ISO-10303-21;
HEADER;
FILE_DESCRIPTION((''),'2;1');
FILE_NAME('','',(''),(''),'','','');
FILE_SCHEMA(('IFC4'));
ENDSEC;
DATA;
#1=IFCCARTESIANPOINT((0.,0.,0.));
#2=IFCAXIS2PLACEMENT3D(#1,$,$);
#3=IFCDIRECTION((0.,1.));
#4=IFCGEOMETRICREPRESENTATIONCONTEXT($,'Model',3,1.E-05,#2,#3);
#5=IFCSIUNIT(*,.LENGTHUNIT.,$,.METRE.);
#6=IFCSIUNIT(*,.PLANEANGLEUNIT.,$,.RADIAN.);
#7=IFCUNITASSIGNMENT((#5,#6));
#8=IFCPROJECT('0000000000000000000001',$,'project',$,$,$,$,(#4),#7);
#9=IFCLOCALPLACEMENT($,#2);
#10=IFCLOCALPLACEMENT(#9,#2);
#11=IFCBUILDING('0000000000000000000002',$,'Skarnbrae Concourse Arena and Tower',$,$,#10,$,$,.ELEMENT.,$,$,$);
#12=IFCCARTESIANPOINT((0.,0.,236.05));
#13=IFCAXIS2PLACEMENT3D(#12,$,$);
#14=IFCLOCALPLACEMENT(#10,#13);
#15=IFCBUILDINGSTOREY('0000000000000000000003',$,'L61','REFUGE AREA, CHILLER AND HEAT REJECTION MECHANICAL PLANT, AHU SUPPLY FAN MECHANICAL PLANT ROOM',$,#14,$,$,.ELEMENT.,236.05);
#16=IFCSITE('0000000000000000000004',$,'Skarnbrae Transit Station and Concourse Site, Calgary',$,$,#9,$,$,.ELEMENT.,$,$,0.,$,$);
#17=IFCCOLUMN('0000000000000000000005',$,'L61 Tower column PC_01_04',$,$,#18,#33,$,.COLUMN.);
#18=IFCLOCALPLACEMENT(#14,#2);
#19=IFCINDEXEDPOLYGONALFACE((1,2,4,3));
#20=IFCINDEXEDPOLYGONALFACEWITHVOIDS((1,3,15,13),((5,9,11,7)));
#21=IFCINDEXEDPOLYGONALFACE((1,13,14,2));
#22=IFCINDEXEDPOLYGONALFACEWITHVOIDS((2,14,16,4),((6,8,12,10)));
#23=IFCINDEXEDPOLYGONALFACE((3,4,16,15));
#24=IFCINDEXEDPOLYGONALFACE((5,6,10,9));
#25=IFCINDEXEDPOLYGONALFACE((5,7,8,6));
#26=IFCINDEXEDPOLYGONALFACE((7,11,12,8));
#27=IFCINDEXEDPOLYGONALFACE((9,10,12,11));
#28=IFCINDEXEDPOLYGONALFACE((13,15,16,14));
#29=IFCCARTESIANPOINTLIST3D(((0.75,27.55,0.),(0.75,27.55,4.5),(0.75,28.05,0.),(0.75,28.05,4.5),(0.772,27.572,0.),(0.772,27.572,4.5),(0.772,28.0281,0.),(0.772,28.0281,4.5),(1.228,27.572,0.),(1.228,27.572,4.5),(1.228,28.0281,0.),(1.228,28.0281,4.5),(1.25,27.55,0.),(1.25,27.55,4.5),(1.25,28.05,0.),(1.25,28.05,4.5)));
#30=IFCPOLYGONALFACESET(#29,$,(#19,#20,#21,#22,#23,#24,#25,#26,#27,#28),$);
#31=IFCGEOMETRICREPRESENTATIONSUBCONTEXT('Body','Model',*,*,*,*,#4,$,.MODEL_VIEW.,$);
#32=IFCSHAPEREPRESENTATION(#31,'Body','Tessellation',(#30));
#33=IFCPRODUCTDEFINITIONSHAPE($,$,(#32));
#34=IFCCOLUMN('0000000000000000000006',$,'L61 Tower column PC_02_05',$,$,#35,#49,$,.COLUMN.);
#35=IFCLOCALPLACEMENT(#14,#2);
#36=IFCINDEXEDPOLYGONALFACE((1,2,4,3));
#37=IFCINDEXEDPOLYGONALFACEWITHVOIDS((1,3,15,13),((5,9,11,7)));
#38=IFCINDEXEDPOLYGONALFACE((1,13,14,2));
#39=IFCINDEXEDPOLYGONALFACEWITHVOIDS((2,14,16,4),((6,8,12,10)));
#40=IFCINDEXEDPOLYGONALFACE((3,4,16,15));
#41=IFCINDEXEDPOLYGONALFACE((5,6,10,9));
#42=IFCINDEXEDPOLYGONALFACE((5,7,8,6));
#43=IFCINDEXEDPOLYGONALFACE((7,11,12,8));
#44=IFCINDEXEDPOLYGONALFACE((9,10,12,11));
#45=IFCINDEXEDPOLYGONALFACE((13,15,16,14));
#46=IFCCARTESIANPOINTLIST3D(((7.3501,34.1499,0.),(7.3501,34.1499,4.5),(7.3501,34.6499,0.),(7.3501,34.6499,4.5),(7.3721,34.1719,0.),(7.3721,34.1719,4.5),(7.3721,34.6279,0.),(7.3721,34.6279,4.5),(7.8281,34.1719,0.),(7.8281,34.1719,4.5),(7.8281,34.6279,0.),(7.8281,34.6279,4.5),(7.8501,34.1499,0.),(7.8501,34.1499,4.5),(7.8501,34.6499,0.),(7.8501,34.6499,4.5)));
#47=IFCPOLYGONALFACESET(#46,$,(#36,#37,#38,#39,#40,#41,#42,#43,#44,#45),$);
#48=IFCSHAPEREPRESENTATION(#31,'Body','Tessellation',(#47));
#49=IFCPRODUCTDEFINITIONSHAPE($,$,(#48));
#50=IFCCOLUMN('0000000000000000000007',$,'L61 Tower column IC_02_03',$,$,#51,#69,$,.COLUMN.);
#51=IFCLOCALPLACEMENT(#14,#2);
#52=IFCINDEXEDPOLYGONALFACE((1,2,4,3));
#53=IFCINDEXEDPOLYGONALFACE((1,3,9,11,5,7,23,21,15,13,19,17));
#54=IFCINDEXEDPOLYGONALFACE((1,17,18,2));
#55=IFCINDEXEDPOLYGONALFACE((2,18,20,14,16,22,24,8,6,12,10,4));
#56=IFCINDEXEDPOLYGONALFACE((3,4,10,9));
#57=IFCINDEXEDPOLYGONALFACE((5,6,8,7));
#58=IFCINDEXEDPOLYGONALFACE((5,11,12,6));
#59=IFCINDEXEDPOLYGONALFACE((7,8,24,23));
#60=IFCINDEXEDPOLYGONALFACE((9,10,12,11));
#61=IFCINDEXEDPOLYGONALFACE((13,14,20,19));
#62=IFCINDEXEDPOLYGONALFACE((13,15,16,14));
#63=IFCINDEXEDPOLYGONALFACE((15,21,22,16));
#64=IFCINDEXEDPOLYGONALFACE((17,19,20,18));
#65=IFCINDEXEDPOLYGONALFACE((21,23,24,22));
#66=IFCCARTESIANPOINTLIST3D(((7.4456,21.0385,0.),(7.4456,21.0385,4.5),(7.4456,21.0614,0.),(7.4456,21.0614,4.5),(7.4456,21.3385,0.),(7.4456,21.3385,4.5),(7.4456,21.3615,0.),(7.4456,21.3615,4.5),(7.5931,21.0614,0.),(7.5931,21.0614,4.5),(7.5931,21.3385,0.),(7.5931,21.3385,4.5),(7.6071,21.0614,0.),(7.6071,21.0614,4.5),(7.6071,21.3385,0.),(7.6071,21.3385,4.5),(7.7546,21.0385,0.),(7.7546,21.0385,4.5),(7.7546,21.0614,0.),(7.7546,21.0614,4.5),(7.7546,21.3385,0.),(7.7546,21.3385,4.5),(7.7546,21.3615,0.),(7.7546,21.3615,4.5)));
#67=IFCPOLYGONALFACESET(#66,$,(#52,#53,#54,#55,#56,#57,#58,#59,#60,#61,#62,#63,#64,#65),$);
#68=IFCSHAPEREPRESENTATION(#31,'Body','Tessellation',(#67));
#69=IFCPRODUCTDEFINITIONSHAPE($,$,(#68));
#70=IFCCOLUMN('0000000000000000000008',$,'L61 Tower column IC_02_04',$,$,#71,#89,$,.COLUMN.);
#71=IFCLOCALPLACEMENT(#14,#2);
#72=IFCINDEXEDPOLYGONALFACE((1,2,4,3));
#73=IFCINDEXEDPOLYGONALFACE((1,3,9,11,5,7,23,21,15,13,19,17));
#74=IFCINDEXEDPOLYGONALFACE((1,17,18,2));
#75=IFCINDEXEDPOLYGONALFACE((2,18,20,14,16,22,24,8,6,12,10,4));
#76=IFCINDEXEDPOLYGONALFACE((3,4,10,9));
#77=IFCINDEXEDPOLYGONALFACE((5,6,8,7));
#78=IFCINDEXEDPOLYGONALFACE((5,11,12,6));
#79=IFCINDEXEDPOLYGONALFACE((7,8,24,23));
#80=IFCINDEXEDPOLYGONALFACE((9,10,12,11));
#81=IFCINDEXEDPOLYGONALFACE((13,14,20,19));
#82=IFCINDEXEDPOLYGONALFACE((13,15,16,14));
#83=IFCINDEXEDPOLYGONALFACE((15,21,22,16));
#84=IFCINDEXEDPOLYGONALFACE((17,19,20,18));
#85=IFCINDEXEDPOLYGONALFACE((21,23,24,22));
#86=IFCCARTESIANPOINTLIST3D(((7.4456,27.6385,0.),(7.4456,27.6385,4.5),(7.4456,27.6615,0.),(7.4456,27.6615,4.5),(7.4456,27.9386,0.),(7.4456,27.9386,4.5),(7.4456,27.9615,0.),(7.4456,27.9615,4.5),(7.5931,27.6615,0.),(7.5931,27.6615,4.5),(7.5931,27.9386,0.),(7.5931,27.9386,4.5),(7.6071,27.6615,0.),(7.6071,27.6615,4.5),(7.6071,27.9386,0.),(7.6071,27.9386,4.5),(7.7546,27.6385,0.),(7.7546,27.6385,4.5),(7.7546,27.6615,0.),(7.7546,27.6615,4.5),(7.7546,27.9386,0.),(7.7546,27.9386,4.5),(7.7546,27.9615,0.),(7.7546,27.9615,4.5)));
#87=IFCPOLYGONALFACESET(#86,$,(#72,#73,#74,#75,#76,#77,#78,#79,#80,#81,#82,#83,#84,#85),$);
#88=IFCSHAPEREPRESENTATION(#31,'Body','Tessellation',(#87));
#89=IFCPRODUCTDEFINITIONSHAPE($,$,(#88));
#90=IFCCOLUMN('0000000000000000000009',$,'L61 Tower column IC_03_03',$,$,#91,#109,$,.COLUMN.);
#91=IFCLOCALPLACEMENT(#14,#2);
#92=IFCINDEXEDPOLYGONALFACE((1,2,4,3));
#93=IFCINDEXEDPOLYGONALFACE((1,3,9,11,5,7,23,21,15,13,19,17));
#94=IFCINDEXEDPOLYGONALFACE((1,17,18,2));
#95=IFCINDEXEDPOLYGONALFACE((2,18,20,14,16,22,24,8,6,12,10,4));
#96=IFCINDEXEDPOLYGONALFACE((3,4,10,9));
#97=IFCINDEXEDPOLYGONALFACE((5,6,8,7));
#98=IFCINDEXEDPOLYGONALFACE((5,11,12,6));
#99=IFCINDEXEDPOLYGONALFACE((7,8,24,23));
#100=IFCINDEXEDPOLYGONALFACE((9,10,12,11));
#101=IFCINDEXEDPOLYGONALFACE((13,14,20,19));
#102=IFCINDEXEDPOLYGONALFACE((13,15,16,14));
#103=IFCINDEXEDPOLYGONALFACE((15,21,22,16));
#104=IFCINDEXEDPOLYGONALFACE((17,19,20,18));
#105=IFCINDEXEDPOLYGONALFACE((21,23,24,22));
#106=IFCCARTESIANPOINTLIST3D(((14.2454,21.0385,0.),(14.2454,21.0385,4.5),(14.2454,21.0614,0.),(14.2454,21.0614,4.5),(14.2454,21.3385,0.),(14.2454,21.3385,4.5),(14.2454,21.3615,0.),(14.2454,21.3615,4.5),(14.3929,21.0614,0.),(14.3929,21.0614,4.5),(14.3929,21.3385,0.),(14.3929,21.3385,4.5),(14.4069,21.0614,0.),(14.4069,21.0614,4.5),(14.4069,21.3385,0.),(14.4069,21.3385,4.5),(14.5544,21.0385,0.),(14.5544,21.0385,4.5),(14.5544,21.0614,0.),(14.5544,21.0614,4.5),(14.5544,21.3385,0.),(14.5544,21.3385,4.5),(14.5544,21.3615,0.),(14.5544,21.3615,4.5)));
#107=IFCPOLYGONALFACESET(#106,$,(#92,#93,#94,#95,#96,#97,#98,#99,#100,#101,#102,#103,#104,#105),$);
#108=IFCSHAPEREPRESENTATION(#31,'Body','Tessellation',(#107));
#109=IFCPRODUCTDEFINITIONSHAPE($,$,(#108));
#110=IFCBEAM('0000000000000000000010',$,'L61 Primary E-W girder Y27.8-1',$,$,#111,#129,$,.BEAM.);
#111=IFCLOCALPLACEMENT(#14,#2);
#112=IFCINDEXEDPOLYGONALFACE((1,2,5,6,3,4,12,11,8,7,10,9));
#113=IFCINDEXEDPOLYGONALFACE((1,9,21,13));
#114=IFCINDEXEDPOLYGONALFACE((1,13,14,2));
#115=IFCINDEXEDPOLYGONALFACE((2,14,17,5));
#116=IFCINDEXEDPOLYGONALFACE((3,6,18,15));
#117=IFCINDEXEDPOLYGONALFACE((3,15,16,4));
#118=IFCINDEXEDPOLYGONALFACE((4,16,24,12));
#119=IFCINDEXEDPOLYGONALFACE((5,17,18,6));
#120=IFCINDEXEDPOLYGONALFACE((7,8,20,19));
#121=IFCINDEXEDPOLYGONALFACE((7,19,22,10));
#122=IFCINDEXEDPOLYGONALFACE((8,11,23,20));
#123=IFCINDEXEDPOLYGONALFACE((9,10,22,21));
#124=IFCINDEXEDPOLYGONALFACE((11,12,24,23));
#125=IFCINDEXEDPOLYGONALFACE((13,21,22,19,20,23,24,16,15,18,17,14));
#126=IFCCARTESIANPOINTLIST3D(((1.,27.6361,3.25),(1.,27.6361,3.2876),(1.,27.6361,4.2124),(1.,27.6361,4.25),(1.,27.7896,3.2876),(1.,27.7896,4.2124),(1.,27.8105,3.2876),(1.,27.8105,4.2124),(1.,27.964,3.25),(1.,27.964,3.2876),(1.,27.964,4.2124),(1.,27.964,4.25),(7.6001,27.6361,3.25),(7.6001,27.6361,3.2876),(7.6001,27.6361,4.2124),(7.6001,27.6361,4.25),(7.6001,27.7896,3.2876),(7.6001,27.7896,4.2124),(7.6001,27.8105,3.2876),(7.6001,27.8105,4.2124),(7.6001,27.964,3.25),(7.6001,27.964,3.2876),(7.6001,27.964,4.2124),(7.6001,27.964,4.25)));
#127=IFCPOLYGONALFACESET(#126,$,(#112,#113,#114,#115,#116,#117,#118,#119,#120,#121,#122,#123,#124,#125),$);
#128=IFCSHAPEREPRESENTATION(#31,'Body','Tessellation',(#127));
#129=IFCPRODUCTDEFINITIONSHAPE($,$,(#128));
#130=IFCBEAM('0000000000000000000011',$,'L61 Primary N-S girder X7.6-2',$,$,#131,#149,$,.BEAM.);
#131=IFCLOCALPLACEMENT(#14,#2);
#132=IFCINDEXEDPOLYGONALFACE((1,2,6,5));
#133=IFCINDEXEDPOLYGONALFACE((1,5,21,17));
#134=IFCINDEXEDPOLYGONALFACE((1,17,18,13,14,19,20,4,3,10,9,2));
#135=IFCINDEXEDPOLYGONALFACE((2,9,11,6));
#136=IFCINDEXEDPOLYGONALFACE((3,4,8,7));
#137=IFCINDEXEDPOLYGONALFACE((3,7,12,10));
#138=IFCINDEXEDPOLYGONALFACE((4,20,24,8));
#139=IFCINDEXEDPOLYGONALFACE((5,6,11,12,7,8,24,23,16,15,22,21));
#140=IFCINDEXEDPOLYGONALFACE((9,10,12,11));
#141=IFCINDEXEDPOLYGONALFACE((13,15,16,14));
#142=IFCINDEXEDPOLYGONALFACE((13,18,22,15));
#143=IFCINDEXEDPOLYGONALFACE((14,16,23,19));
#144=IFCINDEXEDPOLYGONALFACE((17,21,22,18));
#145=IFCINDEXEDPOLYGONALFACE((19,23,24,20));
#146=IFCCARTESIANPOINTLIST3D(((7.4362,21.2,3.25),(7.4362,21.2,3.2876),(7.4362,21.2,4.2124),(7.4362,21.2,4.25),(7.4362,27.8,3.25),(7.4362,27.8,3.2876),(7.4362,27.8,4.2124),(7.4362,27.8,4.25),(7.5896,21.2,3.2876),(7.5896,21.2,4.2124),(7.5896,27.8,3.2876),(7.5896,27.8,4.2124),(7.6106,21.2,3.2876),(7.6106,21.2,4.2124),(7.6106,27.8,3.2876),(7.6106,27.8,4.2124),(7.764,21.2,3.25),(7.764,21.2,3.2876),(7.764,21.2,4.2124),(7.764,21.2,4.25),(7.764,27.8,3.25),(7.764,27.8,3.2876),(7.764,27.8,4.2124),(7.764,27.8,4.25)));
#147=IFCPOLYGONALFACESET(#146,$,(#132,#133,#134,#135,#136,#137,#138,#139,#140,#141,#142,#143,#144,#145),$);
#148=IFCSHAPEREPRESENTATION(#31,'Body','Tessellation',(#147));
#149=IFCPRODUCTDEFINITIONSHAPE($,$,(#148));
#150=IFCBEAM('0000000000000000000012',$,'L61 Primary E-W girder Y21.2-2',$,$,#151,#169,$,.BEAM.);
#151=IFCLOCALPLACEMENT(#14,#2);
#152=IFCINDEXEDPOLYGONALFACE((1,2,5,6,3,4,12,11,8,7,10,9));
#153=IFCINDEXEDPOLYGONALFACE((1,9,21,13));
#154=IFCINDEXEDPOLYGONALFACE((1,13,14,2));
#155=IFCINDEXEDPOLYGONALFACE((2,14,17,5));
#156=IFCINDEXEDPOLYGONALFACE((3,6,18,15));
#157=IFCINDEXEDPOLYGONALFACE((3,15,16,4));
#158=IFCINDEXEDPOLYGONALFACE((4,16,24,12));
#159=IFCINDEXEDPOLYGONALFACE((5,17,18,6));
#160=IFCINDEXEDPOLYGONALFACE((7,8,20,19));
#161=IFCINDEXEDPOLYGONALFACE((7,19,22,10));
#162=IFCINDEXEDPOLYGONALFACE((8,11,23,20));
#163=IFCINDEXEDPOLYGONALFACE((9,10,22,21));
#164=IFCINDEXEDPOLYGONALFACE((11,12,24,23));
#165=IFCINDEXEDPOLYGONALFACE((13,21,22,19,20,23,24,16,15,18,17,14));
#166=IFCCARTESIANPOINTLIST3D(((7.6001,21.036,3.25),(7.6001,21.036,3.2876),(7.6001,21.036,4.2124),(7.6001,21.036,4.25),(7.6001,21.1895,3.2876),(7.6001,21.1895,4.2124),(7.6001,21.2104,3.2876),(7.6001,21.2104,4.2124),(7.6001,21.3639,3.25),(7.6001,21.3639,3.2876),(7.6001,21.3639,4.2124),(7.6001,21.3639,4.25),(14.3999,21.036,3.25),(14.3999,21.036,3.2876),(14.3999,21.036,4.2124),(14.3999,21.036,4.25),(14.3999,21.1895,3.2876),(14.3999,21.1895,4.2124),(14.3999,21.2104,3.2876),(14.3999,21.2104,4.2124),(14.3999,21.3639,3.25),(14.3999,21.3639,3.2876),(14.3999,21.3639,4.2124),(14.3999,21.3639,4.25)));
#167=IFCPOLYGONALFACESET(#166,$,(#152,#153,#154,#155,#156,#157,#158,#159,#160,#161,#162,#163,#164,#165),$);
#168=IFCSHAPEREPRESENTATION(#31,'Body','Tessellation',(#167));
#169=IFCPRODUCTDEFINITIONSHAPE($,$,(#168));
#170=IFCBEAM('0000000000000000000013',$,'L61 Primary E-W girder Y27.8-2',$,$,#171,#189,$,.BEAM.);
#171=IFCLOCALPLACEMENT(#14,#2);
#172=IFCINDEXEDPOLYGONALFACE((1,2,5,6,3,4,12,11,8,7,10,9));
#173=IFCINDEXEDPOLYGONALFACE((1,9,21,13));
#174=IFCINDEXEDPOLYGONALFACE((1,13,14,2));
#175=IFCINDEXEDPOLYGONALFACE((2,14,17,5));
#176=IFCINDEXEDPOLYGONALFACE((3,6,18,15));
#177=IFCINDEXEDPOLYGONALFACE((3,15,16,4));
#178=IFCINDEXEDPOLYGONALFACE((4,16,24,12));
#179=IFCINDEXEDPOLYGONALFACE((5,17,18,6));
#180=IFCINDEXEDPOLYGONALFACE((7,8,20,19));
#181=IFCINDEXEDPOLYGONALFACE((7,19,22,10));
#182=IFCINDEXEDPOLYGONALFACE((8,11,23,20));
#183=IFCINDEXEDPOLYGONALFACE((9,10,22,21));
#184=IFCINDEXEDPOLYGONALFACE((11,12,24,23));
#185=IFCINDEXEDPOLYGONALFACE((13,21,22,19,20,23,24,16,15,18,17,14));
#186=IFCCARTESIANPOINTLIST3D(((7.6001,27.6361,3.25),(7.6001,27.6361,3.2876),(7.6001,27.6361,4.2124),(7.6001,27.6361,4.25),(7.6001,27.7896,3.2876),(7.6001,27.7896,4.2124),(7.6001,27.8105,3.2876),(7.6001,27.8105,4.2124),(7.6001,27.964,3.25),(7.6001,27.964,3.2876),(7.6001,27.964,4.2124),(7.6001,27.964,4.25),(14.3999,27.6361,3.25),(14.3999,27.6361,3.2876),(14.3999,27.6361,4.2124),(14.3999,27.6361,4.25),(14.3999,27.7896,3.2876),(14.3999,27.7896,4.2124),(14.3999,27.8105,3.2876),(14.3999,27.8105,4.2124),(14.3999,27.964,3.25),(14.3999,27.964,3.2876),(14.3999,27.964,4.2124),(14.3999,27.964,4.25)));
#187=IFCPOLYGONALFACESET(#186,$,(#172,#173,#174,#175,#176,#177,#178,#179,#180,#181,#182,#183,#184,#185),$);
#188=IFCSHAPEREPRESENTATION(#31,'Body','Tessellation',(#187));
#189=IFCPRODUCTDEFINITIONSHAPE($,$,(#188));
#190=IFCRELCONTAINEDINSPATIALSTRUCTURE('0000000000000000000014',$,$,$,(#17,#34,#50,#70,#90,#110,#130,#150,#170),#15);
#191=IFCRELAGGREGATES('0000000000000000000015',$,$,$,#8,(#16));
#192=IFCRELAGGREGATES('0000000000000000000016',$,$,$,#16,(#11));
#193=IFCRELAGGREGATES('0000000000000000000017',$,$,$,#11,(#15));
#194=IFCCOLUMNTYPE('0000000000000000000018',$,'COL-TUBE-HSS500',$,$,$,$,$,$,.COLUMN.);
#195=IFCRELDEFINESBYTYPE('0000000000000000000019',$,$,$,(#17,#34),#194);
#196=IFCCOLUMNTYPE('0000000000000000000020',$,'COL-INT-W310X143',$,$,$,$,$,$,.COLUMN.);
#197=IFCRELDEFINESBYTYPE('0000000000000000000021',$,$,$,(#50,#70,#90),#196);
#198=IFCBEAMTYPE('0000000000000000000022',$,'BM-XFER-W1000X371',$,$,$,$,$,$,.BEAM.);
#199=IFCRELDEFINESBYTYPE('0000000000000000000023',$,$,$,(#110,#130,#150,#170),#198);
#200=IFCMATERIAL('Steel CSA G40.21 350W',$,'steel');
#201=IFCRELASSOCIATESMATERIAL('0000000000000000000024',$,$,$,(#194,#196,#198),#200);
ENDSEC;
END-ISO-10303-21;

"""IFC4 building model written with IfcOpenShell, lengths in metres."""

from ifc_helpers import new_model, si_unit, direction, frame, origin, origin_2d, place, context, subcontext, project, spatial, hollow_rectangle, i_section, extrude, source, transform, mapped, material, material_profile, profile_set, type_object, element, save


model = new_model("IFC4")

# Units and contexts
model_context = context("Model", 3, precision=1e-05, world=origin(), true_north=direction((0.0, 1.0)))
body_context = subcontext(model_context, "Body", "Model", "MODEL_VIEW")
ifc_project = project(units=[si_unit("LENGTHUNIT", "METRE"), si_unit("PLANEANGLEUNIT", "RADIAN")], contexts=[model_context])

# Site, building, storey
site_placement = place(None, origin())
site = spatial("IfcSite", under=ifc_project, at=site_placement, Name="Skarnbrae Transit Station and Concourse Site, Calgary", CompositionType="ELEMENT", RefElevation=0.0)
building_placement = place(site_placement, origin())
building = spatial("IfcBuilding", under=site, at=building_placement, Name="Skarnbrae Concourse Arena and Tower", CompositionType="ELEMENT")
storey_placement = place(building_placement, frame((0.0, 0.0, 236.05)))
storey = spatial("IfcBuildingStorey", under=building, at=storey_placement, Name="L61", Description="REFUGE AREA, CHILLER AND HEAT REJECTION MECHANICAL PLANT, AHU SUPPLY FAN MECHANICAL PLANT ROOM", CompositionType="ELEMENT", Elevation=236.05)

# Columns
ifc_material_1 = material(Name="Steel CSA G40.21 350W", Category="steel")
ifc_material_profile_1 = material_profile(ifc_material_1, hollow_rectangle(XDim=0.5, YDim=0.5, WallThickness=0.022, at=origin_2d()), Name="HSS500X500X22.0")
ifc_profile_set_1 = profile_set([ifc_material_profile_1], Name="Steel CSA G40.21 350W")
column_type_1 = type_object("IfcColumnType", Name="COL-TUBE-HSS500", PredefinedType="COLUMN", material=ifc_profile_set_1)
shared_shape_1 = source(origin(), body_context, "Body", "SweptSolid", [
    extrude(hollow_rectangle(XDim=0.5, YDim=0.5, WallThickness=0.022, at=origin_2d()), origin(), (0.0, 0.0, 1.0), 4.5),
])
for number, where, z_axis, x_axis, name in (
    (1, (1.0, 27.8, 0.0), (0.0, 0.0, 1.0), (1.0, 0.0, 0.0), "L61 Tower column PC_01_04"),
    (2, (7.6001, 34.3999, 0.0), (0.0, 0.0, 1.0), (1.0, 0.0, 0.0), "L61 Tower column PC_02_05"),
):
    element("IfcColumn", number, at=place(storey_placement, frame(where, z_axis=z_axis, x_axis=x_axis)), inside=storey, type_object=column_type_1, Name=name, PredefinedType="COLUMN", context=body_context, shape_type="MappedRepresentation", body=[
        mapped(shared_shape_1, transform((0.0, 0.0, 0.0))),
    ])
ifc_material_profile_2 = material_profile(ifc_material_1, i_section(OverallWidth=0.3091, OverallDepth=0.323, WebThickness=0.0139, FlangeThickness=0.0229, at=origin_2d()), Name="W310X143")
ifc_profile_set_2 = profile_set([ifc_material_profile_2], Name="Steel CSA G40.21 350W")
column_type_2 = type_object("IfcColumnType", Name="COL-INT-W310X143", PredefinedType="COLUMN", material=ifc_profile_set_2)
shared_shape_2 = source(origin(), body_context, "Body", "SweptSolid", [
    extrude(i_section(OverallWidth=0.3091, OverallDepth=0.323, WebThickness=0.0139, FlangeThickness=0.0229, at=origin_2d()), origin(), (0.0, 0.0, 1.0), 4.5),
])
for number, where, z_axis, x_axis, name in (
    (3, (7.6001, 21.2, 0.0), (0.0, 0.0, 1.0), (1.0, 0.0, 0.0), "L61 Tower column IC_02_03"),
    (4, (7.6001, 27.8, 0.0), (0.0, 0.0, 1.0), (1.0, 0.0, 0.0), "L61 Tower column IC_02_04"),
    (5, (14.3999, 21.2, 0.0), (0.0, 0.0, 1.0), (1.0, 0.0, 0.0), "L61 Tower column IC_03_03"),
):
    element("IfcColumn", number, at=place(storey_placement, frame(where, z_axis=z_axis, x_axis=x_axis)), inside=storey, type_object=column_type_2, Name=name, PredefinedType="COLUMN", context=body_context, shape_type="MappedRepresentation", body=[
        mapped(shared_shape_2, transform((0.0, 0.0, 0.0))),
    ])

# Beams
ifc_material_profile_3 = material_profile(ifc_material_1, i_section(OverallWidth=0.3279, OverallDepth=1.0, WebThickness=0.021, FlangeThickness=0.0376, at=origin_2d()), Name="W1000X371")
ifc_profile_set_3 = profile_set([ifc_material_profile_3], Name="Steel CSA G40.21 350W")
beam_type_1 = type_object("IfcBeamType", Name="BM-XFER-W1000X371", PredefinedType="BEAM", material=ifc_profile_set_3)
shared_shape_3 = source(origin(), body_context, "Body", "SweptSolid", [
    extrude(i_section(OverallWidth=0.3279, OverallDepth=1.0, WebThickness=0.021, FlangeThickness=0.0376, at=origin_2d()), origin(), (0.0, 0.0, 1.0), 6.6001),
])
for number, where, z_axis, x_axis, name in (
    (6, (1.0, 27.8, 3.75), (1.0, 0.0, 0.0), (0.0, 1.0, 0.0), "L61 Primary E-W girder Y27.8-1"),
    (7, (7.6001, 21.2, 3.75), (0.0, 1.0, 0.0), (-1.0, 0.0, 0.0), "L61 Primary N-S girder X7.6-2"),
):
    element("IfcBeam", number, at=place(storey_placement, frame(where, z_axis=z_axis, x_axis=x_axis)), inside=storey, type_object=beam_type_1, Name=name, PredefinedType="BEAM", context=body_context, shape_type="MappedRepresentation", body=[
        mapped(shared_shape_3, transform((0.0, 0.0, 0.0))),
    ])
shared_shape_4 = source(origin(), body_context, "Body", "SweptSolid", [
    extrude(i_section(OverallWidth=0.3279, OverallDepth=1.0, WebThickness=0.021, FlangeThickness=0.0376, at=origin_2d()), origin(), (0.0, 0.0, 1.0), 6.7998),
])
for number, where, z_axis, x_axis, name in (
    (8, (7.6001, 21.2, 3.75), (1.0, 0.0, 0.0), (0.0, 1.0, 0.0), "L61 Primary E-W girder Y21.2-2"),
    (9, (7.6001, 27.8, 3.75), (1.0, 0.0, 0.0), (0.0, 1.0, 0.0), "L61 Primary E-W girder Y27.8-2"),
):
    element("IfcBeam", number, at=place(storey_placement, frame(where, z_axis=z_axis, x_axis=x_axis)), inside=storey, type_object=beam_type_1, Name=name, PredefinedType="BEAM", context=body_context, shape_type="MappedRepresentation", body=[
        mapped(shared_shape_4, transform((0.0, 0.0, 0.0))),
    ])

save(model, "model.ifc")
